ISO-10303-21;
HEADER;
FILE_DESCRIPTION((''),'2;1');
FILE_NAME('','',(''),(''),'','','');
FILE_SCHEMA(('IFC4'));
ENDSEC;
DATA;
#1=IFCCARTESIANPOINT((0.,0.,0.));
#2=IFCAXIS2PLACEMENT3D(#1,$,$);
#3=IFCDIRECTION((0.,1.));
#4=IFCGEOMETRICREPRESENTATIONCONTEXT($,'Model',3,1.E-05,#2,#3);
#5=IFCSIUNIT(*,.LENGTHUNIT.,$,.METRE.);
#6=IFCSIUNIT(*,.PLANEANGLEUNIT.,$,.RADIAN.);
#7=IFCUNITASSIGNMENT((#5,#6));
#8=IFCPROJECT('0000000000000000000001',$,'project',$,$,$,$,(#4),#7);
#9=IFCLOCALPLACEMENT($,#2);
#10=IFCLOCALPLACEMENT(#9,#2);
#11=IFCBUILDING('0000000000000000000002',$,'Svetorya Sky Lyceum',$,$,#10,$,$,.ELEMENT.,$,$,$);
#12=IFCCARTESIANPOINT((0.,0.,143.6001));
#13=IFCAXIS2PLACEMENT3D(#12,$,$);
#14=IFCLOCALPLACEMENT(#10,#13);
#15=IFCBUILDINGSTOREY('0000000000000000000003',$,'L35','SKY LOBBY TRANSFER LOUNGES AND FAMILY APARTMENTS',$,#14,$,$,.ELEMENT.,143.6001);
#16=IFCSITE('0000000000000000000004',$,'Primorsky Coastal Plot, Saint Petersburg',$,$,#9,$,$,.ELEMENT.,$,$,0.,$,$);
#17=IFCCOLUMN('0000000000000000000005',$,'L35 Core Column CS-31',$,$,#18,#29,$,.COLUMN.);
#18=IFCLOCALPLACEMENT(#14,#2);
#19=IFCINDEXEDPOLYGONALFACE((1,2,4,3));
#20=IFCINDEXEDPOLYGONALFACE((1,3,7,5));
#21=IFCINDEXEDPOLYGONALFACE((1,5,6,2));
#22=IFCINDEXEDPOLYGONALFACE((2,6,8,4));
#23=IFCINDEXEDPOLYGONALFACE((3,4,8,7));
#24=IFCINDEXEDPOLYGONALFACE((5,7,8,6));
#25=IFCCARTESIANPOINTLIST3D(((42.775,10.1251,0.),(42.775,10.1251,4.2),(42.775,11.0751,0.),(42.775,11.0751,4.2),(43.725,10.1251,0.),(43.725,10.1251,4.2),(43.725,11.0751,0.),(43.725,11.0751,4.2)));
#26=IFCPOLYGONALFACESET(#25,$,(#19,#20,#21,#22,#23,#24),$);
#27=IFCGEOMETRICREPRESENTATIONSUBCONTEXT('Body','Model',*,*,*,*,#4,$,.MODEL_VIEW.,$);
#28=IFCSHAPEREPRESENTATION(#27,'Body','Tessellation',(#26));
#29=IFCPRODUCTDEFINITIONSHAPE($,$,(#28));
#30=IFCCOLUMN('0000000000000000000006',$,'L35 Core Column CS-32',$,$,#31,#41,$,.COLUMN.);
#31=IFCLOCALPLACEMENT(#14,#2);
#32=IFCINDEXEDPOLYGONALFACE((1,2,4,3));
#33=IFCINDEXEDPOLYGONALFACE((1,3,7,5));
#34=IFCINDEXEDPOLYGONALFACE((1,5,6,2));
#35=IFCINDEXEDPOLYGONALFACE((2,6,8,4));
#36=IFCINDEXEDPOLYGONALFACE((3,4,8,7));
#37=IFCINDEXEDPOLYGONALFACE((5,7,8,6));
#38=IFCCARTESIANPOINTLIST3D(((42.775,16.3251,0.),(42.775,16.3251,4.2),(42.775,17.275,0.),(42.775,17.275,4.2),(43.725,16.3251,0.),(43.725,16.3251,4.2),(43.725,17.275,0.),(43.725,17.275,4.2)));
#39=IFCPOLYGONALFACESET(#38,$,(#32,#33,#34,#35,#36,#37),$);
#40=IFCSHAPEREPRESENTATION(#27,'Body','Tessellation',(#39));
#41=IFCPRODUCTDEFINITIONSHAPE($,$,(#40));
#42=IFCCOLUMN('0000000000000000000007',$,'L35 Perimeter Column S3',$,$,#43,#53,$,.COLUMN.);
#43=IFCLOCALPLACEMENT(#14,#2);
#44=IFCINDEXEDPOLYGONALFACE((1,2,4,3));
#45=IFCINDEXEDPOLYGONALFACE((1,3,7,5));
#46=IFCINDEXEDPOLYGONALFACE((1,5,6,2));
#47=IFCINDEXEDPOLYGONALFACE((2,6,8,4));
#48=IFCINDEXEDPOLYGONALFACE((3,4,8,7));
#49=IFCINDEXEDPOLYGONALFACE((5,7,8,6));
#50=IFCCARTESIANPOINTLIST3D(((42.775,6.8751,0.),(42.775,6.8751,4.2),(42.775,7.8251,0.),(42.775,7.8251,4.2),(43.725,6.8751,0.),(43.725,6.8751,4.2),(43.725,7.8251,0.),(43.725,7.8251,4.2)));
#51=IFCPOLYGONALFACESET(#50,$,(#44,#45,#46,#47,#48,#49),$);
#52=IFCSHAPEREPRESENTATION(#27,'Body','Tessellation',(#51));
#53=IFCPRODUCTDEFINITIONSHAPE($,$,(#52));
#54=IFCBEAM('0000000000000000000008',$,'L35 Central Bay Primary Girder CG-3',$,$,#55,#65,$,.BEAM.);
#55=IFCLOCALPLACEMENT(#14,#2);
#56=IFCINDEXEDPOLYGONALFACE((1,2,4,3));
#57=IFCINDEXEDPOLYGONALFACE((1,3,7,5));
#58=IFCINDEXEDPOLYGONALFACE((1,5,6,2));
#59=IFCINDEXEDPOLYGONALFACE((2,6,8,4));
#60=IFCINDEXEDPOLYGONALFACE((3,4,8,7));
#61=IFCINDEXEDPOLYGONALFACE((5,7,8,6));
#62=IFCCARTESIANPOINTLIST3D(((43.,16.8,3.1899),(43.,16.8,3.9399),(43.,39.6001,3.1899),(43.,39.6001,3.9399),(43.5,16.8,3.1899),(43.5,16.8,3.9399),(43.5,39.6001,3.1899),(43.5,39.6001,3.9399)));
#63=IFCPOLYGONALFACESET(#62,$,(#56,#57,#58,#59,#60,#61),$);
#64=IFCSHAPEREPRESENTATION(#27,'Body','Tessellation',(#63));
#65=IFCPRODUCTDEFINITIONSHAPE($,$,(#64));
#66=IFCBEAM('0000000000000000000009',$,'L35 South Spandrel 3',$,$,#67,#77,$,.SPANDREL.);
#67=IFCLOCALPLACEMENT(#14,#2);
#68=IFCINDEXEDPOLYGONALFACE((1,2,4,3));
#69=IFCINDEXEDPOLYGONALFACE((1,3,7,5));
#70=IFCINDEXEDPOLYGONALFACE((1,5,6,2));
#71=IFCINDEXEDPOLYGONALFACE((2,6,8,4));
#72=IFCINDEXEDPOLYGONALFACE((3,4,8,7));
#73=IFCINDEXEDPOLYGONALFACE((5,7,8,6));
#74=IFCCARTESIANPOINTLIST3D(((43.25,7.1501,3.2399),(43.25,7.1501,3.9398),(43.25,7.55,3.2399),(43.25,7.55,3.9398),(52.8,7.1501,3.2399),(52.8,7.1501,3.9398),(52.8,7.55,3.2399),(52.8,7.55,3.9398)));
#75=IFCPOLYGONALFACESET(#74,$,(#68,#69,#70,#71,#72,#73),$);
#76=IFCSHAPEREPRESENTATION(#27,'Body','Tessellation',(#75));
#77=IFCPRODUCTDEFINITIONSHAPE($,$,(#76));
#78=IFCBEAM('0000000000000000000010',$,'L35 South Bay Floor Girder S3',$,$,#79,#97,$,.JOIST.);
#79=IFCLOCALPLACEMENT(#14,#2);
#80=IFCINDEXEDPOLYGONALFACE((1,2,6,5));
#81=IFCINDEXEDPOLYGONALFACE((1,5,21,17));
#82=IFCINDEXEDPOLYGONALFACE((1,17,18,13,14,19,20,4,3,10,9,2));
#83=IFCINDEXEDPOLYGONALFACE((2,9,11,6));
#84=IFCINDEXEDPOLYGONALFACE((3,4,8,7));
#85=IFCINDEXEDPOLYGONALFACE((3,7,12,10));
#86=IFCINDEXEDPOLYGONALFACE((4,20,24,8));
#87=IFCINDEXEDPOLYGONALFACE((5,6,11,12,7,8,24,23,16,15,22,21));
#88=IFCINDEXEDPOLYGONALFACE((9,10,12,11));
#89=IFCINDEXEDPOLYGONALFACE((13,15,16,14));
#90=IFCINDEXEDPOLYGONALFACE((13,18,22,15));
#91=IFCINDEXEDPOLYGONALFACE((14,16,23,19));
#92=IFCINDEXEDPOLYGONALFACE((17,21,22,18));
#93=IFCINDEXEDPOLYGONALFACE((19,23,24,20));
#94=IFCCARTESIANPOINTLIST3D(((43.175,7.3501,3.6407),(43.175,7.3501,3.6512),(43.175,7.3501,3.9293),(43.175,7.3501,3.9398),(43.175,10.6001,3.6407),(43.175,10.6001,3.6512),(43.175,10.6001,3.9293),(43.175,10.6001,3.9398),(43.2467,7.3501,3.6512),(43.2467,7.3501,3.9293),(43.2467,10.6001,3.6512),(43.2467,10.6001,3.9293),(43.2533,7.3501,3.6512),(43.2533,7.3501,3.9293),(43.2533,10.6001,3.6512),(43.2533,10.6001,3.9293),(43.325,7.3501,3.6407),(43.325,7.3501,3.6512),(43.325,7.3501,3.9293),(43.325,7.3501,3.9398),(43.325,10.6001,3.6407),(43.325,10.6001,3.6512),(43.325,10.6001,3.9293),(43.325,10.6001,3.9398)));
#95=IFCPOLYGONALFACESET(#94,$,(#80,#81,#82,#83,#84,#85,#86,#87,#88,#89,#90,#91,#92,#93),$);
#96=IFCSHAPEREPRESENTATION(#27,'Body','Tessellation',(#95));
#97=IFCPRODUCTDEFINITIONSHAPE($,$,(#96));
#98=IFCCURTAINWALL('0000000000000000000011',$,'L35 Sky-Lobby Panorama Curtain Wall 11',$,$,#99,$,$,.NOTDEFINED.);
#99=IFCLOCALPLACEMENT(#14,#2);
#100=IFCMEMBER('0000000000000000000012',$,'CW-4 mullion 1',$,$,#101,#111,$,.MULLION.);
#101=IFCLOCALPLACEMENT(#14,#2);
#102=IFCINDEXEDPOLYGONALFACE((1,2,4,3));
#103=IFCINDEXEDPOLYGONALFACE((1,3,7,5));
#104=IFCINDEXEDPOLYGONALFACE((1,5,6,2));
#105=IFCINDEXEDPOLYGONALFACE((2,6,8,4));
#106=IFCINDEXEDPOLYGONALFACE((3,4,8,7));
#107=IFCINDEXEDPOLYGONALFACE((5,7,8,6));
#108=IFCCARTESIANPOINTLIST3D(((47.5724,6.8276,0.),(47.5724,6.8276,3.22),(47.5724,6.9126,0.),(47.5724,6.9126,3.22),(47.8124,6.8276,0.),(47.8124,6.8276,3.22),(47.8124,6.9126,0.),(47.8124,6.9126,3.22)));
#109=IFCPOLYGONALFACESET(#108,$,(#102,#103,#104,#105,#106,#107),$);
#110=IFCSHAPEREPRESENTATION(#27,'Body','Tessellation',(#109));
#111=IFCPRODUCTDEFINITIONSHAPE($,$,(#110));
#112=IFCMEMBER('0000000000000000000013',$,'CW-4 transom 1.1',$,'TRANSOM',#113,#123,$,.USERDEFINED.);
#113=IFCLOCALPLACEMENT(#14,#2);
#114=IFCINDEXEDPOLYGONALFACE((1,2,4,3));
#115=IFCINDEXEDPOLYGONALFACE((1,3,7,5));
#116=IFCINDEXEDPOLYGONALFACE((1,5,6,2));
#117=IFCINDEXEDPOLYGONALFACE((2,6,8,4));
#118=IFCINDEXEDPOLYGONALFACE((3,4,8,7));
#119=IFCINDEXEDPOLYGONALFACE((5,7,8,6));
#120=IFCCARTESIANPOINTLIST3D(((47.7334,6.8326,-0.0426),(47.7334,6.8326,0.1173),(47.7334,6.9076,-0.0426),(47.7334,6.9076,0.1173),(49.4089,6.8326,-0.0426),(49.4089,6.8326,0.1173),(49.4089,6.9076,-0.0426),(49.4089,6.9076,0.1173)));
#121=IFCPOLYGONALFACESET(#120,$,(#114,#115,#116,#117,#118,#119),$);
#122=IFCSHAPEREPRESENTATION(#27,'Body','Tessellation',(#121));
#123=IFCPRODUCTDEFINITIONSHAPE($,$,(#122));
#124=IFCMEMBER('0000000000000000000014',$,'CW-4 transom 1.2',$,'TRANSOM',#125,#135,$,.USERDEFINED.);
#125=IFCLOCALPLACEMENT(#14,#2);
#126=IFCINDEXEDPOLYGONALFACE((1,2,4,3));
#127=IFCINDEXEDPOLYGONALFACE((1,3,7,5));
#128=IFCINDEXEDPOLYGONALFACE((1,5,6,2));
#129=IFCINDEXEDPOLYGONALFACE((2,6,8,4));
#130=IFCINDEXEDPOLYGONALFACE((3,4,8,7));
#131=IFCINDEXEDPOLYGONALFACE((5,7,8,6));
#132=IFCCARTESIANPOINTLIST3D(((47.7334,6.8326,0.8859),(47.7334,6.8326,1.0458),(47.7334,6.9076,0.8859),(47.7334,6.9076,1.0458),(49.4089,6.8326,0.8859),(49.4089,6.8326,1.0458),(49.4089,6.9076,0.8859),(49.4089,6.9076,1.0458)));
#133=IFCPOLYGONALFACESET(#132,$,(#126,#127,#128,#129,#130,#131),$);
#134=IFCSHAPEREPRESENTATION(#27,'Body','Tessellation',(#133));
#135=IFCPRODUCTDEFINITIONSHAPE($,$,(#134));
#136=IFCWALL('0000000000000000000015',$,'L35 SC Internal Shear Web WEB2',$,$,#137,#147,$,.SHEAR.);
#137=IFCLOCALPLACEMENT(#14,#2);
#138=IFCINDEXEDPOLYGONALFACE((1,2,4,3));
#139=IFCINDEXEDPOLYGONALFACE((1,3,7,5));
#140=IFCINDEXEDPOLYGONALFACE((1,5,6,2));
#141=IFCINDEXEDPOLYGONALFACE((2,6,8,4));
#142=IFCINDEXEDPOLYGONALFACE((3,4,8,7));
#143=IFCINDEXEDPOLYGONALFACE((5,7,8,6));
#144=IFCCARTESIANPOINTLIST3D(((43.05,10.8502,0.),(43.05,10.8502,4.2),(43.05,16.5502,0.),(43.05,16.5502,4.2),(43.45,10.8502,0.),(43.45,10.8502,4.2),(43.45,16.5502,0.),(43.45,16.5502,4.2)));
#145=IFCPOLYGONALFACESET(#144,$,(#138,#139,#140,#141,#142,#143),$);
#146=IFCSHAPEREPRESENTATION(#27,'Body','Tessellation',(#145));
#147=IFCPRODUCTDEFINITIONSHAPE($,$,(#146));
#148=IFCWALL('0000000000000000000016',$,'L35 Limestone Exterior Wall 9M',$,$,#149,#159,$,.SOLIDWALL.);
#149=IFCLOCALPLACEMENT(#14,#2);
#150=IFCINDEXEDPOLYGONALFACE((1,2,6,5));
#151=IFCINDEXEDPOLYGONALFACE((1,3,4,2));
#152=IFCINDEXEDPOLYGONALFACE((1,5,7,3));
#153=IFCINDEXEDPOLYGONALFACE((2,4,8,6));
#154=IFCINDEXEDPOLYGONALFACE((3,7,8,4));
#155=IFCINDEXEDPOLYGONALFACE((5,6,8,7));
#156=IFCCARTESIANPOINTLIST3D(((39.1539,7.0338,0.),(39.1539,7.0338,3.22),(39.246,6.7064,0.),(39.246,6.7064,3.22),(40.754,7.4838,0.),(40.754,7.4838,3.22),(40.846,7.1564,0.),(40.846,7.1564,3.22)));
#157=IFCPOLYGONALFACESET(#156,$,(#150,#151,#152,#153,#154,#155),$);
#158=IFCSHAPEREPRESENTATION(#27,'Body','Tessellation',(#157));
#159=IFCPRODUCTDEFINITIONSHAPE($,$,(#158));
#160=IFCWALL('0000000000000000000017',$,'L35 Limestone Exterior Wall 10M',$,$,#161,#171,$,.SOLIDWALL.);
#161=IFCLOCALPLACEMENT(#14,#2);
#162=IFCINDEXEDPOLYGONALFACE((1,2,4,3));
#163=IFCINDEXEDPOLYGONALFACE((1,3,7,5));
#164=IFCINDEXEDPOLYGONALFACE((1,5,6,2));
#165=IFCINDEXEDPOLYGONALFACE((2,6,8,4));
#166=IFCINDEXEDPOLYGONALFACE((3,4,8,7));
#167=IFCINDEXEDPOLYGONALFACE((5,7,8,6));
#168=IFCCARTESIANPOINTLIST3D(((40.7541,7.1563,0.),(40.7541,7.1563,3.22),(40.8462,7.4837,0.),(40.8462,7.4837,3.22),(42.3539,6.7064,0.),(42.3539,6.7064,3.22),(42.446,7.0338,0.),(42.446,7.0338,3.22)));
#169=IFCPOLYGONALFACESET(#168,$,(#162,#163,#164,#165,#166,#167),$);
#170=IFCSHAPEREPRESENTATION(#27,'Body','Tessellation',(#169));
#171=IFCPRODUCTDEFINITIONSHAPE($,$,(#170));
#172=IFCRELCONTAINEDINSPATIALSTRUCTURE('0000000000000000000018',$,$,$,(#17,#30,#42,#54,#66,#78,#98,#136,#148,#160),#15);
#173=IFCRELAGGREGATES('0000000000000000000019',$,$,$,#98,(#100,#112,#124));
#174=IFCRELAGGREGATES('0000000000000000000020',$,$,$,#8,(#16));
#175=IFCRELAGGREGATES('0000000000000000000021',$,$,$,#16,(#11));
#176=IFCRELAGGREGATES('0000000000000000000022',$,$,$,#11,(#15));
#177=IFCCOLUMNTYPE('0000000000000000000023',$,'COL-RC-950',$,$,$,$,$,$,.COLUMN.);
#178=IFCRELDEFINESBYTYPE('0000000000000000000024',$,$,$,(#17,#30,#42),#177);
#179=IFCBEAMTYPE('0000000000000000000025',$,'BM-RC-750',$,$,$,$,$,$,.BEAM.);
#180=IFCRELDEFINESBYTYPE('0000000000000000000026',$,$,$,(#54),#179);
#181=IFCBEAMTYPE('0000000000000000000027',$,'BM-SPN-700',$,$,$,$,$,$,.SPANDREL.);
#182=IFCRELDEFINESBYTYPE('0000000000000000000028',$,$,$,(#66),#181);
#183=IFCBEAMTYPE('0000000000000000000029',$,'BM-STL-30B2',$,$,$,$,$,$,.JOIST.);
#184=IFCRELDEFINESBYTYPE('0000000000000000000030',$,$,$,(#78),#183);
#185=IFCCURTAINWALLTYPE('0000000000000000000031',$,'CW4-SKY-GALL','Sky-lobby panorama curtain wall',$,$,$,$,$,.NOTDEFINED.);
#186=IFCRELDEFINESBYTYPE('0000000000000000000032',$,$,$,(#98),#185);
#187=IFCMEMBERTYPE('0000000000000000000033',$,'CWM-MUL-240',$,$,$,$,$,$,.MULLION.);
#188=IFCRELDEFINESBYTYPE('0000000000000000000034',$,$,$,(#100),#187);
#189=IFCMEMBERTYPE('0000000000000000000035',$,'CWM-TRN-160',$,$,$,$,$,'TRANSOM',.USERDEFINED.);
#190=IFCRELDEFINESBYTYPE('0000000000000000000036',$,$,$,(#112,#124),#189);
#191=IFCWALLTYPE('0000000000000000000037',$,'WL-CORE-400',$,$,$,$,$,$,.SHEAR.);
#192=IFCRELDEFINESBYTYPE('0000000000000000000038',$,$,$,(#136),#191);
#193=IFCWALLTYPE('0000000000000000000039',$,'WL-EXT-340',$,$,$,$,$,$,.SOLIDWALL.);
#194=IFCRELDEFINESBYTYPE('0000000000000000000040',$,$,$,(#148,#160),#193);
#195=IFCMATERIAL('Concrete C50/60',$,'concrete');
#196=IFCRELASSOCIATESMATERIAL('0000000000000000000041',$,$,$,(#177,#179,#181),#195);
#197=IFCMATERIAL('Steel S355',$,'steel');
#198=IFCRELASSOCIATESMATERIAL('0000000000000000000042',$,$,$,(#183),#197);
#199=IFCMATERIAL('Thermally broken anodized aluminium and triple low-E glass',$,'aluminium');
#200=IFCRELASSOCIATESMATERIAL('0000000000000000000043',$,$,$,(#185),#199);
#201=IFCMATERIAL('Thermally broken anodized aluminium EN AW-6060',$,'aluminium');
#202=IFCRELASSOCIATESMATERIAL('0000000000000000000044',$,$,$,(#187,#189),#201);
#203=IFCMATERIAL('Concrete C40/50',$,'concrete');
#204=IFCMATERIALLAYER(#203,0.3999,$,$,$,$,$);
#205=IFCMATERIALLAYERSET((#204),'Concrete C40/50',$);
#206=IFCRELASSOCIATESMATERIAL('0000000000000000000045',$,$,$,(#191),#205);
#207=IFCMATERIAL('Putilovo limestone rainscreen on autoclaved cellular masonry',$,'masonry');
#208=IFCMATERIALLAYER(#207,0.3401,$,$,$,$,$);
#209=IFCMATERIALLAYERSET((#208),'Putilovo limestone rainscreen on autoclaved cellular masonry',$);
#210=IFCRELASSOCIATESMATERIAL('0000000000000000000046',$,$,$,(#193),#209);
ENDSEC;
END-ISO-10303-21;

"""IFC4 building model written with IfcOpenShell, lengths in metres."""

from ifc_helpers import new_model, si_unit, direction, frame, frame_2d, origin, origin_2d, place, context, subcontext, project, spatial, rectangle, i_section, extrude, material, layer, layer_set, material_profile, profile_set, type_object, element, aggregate, save


model = new_model("IFC4")

# Units and contexts
model_context = context("Model", 3, precision=1e-05, world=origin(), true_north=direction((0.0, 1.0)))
body_context = subcontext(model_context, "Body", "Model", "MODEL_VIEW")
ifc_project = project(units=[si_unit("LENGTHUNIT", "METRE"), si_unit("PLANEANGLEUNIT", "RADIAN")], contexts=[model_context])

# Site, building, storey
site_placement = place(None, origin())
site = spatial("IfcSite", under=ifc_project, at=site_placement, Name="Primorsky Coastal Plot, Saint Petersburg", CompositionType="ELEMENT", RefElevation=0.0)
building_placement = place(site_placement, origin())
building = spatial("IfcBuilding", under=site, at=building_placement, Name="Svetorya Sky Lyceum", CompositionType="ELEMENT")
storey_placement = place(building_placement, frame((0.0, 0.0, 143.6001)))
storey = spatial("IfcBuildingStorey", under=building, at=storey_placement, Name="L35", Description="SKY LOBBY TRANSFER LOUNGES AND FAMILY APARTMENTS", CompositionType="ELEMENT", Elevation=143.6001)

# Columns
ifc_material_1 = material(Name="Concrete C50/60", Category="concrete")
ifc_material_profile_1 = material_profile(ifc_material_1, rectangle(XDim=0.95, YDim=0.95, at=origin_2d()), Name="RC COL 950x950")
ifc_profile_set_1 = profile_set([ifc_material_profile_1], Name="Concrete C50/60")
column_type = type_object("IfcColumnType", Name="COL-RC-950", PredefinedType="COLUMN", material=ifc_profile_set_1)
for number, where, z_axis, x_axis, name in (
    (1, (43.25, 10.6001, 0.0), (0.0, 0.0, 1.0), (1.0, 0.0, 0.0), "L35 Core Column CS-31"),
    (2, (43.25, 16.8, 0.0), (0.0, 0.0, 1.0), (1.0, 0.0, 0.0), "L35 Core Column CS-32"),
    (3, (43.25, 7.3501, 0.0), (0.0, 0.0, 1.0), (1.0, 0.0, 0.0), "L35 Perimeter Column S3"),
):
    element("IfcColumn", number, at=place(storey_placement, frame(where, z_axis=z_axis, x_axis=x_axis)), inside=storey, type_object=column_type, Name=name, PredefinedType="COLUMN", context=body_context, shape_type="SweptSolid", body=[
        extrude(rectangle(XDim=0.95, YDim=0.95, at=origin_2d()), origin(), (0.0, 0.0, 1.0), 4.2),
    ])

# Beams
ifc_material_profile_2 = material_profile(ifc_material_1, rectangle(XDim=0.5, YDim=0.75, at=origin_2d()), Name="RC BEAM 500x750")
ifc_profile_set_2 = profile_set([ifc_material_profile_2], Name="Concrete C50/60")
beam_type_1 = type_object("IfcBeamType", Name="BM-RC-750", PredefinedType="BEAM", material=ifc_profile_set_2)
beam_1_placement = place(storey_placement, frame((43.25, 16.8, 3.5649), z_axis=(0.0, 1.0, 0.0), x_axis=(-1.0, 0.0, 0.0)))
element("IfcBeam", 4, at=beam_1_placement, inside=storey, type_object=beam_type_1, Name="L35 Central Bay Primary Girder CG-3", PredefinedType="BEAM", context=body_context, shape_type="SweptSolid", body=[
    extrude(rectangle(XDim=0.5, YDim=0.75, at=origin_2d()), origin(), (0.0, 0.0, 1.0), 22.8),
])
ifc_material_profile_3 = material_profile(ifc_material_1, rectangle(XDim=0.3999, YDim=0.7, at=origin_2d()), Name="RC SPANDREL 400x700")
ifc_profile_set_3 = profile_set([ifc_material_profile_3], Name="Concrete C50/60")
beam_type_2 = type_object("IfcBeamType", Name="BM-SPN-700", PredefinedType="SPANDREL", material=ifc_profile_set_3)
beam_2_placement = place(storey_placement, frame((43.25, 7.3501, 3.5898), z_axis=(1.0, 0.0, 0.0), x_axis=(0.0, 1.0, 0.0)))
element("IfcBeam", 5, at=beam_2_placement, inside=storey, type_object=beam_type_2, Name="L35 South Spandrel 3", PredefinedType="SPANDREL", context=body_context, shape_type="SweptSolid", body=[
    extrude(rectangle(XDim=0.3999, YDim=0.7, at=origin_2d()), origin(), (0.0, 0.0, 1.0), 9.55),
])
ifc_material_2 = material(Name="Steel S355", Category="steel")
ifc_material_profile_4 = material_profile(ifc_material_2, i_section(OverallWidth=0.1499, OverallDepth=0.2991, WebThickness=0.0066, FlangeThickness=0.0105, at=origin_2d()), Name="GOST 30B2")
ifc_profile_set_4 = profile_set([ifc_material_profile_4], Name="Steel S355")
beam_type_3 = type_object("IfcBeamType", Name="BM-STL-30B2", PredefinedType="JOIST", material=ifc_profile_set_4)
beam_3_placement = place(storey_placement, frame((43.25, 7.3501, 3.7903), z_axis=(0.0, 1.0, 0.0), x_axis=(-1.0, 0.0, 0.0)))
element("IfcBeam", 6, at=beam_3_placement, inside=storey, type_object=beam_type_3, Name="L35 South Bay Floor Girder S3", PredefinedType="JOIST", context=body_context, shape_type="SweptSolid", body=[
    extrude(i_section(OverallWidth=0.1499, OverallDepth=0.2991, WebThickness=0.0066, FlangeThickness=0.0105, at=origin_2d()), origin(), (0.0, 0.0, 1.0), 3.25),
])

# Curtain wall, members
ifc_material_3 = material(Name="Thermally broken anodized aluminium and triple low-E glass", Category="aluminium")
curtain_wall_type = type_object("IfcCurtainWallType", Name="CW4-SKY-GALL", Description="Sky-lobby panorama curtain wall", PredefinedType="NOTDEFINED", material=ifc_material_3)
curtain_wall_placement = place(storey_placement, origin())
curtain_wall = element("IfcCurtainWall", 7, at=curtain_wall_placement, inside=storey, type_object=curtain_wall_type, Name="L35 Sky-Lobby Panorama Curtain Wall 11", PredefinedType="NOTDEFINED")
ifc_material_4 = material(Name="Thermally broken anodized aluminium EN AW-6060", Category="aluminium")
ifc_material_profile_5 = material_profile(ifc_material_4, rectangle(XDim=0.085, YDim=0.24, at=origin_2d()), Name="ALU MULLION 85x240")
ifc_profile_set_5 = profile_set([ifc_material_profile_5], Name="Thermally broken anodized aluminium EN AW-6060")
member_type_1 = type_object("IfcMemberType", Name="CWM-MUL-240", PredefinedType="MULLION", material=ifc_profile_set_5)
member_1_placement = place(storey_placement, frame((47.6924, 6.8701, 0.0), z_axis=(0.0, 0.0, 1.0), x_axis=(0.0, 1.0, 0.0)))
member_1 = element("IfcMember", 8, at=member_1_placement, type_object=member_type_1, Name="CW-4 mullion 1", PredefinedType="MULLION", context=body_context, shape_type="SweptSolid", body=[
    extrude(rectangle(XDim=0.085, YDim=0.24, at=origin_2d()), origin(), (0.0, 0.0, 1.0), 3.22),
])
ifc_material_profile_6 = material_profile(ifc_material_4, rectangle(XDim=0.075, YDim=0.1599, at=origin_2d()), Name="ALU TRANSOM 75x160")
ifc_profile_set_6 = profile_set([ifc_material_profile_6], Name="Thermally broken anodized aluminium EN AW-6060")
member_type_2 = type_object("IfcMemberType", Name="CWM-TRN-160", ElementType="TRANSOM", PredefinedType="USERDEFINED", material=ifc_profile_set_6)
member_2_placement = place(storey_placement, frame((47.7334, 6.8701, 0.0374), z_axis=(1.0, 0.0, 0.0), x_axis=(0.0, 1.0, 0.0)))
member_2 = element("IfcMember", 9, at=member_2_placement, type_object=member_type_2, Name="CW-4 transom 1.1", ObjectType="TRANSOM", PredefinedType="USERDEFINED", context=body_context, shape_type="SweptSolid", body=[
    extrude(rectangle(XDim=0.075, YDim=0.1599, at=origin_2d()), origin(), (0.0, 0.0, 1.0), 1.6755),
])
member_3_placement = place(storey_placement, frame((47.7334, 6.8701, 0.9658), z_axis=(1.0, 0.0, 0.0), x_axis=(0.0, 1.0, 0.0)))
member_3 = element("IfcMember", 10, at=member_3_placement, type_object=member_type_2, Name="CW-4 transom 1.2", ObjectType="TRANSOM", PredefinedType="USERDEFINED", context=body_context, shape_type="SweptSolid", body=[
    extrude(rectangle(XDim=0.075, YDim=0.1599, at=origin_2d()), origin(), (0.0, 0.0, 1.0), 1.6755),
])
aggregate(curtain_wall, [member_1, member_2, member_3])

# Walls
ifc_material_5 = material(Name="Concrete C40/50", Category="concrete")
ifc_layer_1 = layer(ifc_material_5, 0.3999)
ifc_layer_set_1 = layer_set([ifc_layer_1], Name="Concrete C40/50")
wall_type_1 = type_object("IfcWallType", Name="WL-CORE-400", PredefinedType="SHEAR", material=ifc_layer_set_1)
wall_1_placement = place(storey_placement, frame((43.25, 10.8501, 0.0), z_axis=(0.0, 0.0, 1.0), x_axis=(0.0, 1.0, 0.0)))
element("IfcWall", 11, at=wall_1_placement, inside=storey, type_object=wall_type_1, Name="L35 SC Internal Shear Web WEB2", PredefinedType="SHEAR", context=body_context, shape_type="SweptSolid", body=[
    extrude(rectangle(XDim=5.7, YDim=0.3999, at=frame_2d((2.8501, 0.0))), origin(), (0.0, 0.0, 1.0), 4.2),
])
ifc_material_6 = material(Name="Putilovo limestone rainscreen on autoclaved cellular masonry", Category="masonry")
ifc_layer_2 = layer(ifc_material_6, 0.3401)
ifc_layer_set_2 = layer_set([ifc_layer_2], Name="Putilovo limestone rainscreen on autoclaved cellular masonry")
wall_type_2 = type_object("IfcWallType", Name="WL-EXT-340", PredefinedType="SOLIDWALL", material=ifc_layer_set_2)
wall_2_placement = place(storey_placement, frame((39.2, 6.8701, 0.0), z_axis=(0.0, 0.0, 1.0), x_axis=(0.962663, 0.270703, 0.0)))
element("IfcWall", 12, at=wall_2_placement, inside=storey, type_object=wall_type_2, Name="L35 Limestone Exterior Wall 9M", PredefinedType="SOLIDWALL", context=body_context, shape_type="SweptSolid", body=[
    extrude(rectangle(XDim=1.6621, YDim=0.3401, at=frame_2d((0.8311, 0.0))), origin(), (0.0, 0.0, 1.0), 3.22),
])
wall_3_placement = place(storey_placement, frame((40.8, 7.3201, 0.0), z_axis=(0.0, 0.0, 1.0), x_axis=(0.962652, -0.270741, 0.0)))
element("IfcWall", 13, at=wall_3_placement, inside=storey, type_object=wall_type_2, Name="L35 Limestone Exterior Wall 10M", PredefinedType="SOLIDWALL", context=body_context, shape_type="SweptSolid", body=[
    extrude(rectangle(XDim=1.6619, YDim=0.3401, at=frame_2d((0.8311, 0.0))), origin(), (0.0, 0.0, 1.0), 3.22),
])

save(model, "model.ifc")
